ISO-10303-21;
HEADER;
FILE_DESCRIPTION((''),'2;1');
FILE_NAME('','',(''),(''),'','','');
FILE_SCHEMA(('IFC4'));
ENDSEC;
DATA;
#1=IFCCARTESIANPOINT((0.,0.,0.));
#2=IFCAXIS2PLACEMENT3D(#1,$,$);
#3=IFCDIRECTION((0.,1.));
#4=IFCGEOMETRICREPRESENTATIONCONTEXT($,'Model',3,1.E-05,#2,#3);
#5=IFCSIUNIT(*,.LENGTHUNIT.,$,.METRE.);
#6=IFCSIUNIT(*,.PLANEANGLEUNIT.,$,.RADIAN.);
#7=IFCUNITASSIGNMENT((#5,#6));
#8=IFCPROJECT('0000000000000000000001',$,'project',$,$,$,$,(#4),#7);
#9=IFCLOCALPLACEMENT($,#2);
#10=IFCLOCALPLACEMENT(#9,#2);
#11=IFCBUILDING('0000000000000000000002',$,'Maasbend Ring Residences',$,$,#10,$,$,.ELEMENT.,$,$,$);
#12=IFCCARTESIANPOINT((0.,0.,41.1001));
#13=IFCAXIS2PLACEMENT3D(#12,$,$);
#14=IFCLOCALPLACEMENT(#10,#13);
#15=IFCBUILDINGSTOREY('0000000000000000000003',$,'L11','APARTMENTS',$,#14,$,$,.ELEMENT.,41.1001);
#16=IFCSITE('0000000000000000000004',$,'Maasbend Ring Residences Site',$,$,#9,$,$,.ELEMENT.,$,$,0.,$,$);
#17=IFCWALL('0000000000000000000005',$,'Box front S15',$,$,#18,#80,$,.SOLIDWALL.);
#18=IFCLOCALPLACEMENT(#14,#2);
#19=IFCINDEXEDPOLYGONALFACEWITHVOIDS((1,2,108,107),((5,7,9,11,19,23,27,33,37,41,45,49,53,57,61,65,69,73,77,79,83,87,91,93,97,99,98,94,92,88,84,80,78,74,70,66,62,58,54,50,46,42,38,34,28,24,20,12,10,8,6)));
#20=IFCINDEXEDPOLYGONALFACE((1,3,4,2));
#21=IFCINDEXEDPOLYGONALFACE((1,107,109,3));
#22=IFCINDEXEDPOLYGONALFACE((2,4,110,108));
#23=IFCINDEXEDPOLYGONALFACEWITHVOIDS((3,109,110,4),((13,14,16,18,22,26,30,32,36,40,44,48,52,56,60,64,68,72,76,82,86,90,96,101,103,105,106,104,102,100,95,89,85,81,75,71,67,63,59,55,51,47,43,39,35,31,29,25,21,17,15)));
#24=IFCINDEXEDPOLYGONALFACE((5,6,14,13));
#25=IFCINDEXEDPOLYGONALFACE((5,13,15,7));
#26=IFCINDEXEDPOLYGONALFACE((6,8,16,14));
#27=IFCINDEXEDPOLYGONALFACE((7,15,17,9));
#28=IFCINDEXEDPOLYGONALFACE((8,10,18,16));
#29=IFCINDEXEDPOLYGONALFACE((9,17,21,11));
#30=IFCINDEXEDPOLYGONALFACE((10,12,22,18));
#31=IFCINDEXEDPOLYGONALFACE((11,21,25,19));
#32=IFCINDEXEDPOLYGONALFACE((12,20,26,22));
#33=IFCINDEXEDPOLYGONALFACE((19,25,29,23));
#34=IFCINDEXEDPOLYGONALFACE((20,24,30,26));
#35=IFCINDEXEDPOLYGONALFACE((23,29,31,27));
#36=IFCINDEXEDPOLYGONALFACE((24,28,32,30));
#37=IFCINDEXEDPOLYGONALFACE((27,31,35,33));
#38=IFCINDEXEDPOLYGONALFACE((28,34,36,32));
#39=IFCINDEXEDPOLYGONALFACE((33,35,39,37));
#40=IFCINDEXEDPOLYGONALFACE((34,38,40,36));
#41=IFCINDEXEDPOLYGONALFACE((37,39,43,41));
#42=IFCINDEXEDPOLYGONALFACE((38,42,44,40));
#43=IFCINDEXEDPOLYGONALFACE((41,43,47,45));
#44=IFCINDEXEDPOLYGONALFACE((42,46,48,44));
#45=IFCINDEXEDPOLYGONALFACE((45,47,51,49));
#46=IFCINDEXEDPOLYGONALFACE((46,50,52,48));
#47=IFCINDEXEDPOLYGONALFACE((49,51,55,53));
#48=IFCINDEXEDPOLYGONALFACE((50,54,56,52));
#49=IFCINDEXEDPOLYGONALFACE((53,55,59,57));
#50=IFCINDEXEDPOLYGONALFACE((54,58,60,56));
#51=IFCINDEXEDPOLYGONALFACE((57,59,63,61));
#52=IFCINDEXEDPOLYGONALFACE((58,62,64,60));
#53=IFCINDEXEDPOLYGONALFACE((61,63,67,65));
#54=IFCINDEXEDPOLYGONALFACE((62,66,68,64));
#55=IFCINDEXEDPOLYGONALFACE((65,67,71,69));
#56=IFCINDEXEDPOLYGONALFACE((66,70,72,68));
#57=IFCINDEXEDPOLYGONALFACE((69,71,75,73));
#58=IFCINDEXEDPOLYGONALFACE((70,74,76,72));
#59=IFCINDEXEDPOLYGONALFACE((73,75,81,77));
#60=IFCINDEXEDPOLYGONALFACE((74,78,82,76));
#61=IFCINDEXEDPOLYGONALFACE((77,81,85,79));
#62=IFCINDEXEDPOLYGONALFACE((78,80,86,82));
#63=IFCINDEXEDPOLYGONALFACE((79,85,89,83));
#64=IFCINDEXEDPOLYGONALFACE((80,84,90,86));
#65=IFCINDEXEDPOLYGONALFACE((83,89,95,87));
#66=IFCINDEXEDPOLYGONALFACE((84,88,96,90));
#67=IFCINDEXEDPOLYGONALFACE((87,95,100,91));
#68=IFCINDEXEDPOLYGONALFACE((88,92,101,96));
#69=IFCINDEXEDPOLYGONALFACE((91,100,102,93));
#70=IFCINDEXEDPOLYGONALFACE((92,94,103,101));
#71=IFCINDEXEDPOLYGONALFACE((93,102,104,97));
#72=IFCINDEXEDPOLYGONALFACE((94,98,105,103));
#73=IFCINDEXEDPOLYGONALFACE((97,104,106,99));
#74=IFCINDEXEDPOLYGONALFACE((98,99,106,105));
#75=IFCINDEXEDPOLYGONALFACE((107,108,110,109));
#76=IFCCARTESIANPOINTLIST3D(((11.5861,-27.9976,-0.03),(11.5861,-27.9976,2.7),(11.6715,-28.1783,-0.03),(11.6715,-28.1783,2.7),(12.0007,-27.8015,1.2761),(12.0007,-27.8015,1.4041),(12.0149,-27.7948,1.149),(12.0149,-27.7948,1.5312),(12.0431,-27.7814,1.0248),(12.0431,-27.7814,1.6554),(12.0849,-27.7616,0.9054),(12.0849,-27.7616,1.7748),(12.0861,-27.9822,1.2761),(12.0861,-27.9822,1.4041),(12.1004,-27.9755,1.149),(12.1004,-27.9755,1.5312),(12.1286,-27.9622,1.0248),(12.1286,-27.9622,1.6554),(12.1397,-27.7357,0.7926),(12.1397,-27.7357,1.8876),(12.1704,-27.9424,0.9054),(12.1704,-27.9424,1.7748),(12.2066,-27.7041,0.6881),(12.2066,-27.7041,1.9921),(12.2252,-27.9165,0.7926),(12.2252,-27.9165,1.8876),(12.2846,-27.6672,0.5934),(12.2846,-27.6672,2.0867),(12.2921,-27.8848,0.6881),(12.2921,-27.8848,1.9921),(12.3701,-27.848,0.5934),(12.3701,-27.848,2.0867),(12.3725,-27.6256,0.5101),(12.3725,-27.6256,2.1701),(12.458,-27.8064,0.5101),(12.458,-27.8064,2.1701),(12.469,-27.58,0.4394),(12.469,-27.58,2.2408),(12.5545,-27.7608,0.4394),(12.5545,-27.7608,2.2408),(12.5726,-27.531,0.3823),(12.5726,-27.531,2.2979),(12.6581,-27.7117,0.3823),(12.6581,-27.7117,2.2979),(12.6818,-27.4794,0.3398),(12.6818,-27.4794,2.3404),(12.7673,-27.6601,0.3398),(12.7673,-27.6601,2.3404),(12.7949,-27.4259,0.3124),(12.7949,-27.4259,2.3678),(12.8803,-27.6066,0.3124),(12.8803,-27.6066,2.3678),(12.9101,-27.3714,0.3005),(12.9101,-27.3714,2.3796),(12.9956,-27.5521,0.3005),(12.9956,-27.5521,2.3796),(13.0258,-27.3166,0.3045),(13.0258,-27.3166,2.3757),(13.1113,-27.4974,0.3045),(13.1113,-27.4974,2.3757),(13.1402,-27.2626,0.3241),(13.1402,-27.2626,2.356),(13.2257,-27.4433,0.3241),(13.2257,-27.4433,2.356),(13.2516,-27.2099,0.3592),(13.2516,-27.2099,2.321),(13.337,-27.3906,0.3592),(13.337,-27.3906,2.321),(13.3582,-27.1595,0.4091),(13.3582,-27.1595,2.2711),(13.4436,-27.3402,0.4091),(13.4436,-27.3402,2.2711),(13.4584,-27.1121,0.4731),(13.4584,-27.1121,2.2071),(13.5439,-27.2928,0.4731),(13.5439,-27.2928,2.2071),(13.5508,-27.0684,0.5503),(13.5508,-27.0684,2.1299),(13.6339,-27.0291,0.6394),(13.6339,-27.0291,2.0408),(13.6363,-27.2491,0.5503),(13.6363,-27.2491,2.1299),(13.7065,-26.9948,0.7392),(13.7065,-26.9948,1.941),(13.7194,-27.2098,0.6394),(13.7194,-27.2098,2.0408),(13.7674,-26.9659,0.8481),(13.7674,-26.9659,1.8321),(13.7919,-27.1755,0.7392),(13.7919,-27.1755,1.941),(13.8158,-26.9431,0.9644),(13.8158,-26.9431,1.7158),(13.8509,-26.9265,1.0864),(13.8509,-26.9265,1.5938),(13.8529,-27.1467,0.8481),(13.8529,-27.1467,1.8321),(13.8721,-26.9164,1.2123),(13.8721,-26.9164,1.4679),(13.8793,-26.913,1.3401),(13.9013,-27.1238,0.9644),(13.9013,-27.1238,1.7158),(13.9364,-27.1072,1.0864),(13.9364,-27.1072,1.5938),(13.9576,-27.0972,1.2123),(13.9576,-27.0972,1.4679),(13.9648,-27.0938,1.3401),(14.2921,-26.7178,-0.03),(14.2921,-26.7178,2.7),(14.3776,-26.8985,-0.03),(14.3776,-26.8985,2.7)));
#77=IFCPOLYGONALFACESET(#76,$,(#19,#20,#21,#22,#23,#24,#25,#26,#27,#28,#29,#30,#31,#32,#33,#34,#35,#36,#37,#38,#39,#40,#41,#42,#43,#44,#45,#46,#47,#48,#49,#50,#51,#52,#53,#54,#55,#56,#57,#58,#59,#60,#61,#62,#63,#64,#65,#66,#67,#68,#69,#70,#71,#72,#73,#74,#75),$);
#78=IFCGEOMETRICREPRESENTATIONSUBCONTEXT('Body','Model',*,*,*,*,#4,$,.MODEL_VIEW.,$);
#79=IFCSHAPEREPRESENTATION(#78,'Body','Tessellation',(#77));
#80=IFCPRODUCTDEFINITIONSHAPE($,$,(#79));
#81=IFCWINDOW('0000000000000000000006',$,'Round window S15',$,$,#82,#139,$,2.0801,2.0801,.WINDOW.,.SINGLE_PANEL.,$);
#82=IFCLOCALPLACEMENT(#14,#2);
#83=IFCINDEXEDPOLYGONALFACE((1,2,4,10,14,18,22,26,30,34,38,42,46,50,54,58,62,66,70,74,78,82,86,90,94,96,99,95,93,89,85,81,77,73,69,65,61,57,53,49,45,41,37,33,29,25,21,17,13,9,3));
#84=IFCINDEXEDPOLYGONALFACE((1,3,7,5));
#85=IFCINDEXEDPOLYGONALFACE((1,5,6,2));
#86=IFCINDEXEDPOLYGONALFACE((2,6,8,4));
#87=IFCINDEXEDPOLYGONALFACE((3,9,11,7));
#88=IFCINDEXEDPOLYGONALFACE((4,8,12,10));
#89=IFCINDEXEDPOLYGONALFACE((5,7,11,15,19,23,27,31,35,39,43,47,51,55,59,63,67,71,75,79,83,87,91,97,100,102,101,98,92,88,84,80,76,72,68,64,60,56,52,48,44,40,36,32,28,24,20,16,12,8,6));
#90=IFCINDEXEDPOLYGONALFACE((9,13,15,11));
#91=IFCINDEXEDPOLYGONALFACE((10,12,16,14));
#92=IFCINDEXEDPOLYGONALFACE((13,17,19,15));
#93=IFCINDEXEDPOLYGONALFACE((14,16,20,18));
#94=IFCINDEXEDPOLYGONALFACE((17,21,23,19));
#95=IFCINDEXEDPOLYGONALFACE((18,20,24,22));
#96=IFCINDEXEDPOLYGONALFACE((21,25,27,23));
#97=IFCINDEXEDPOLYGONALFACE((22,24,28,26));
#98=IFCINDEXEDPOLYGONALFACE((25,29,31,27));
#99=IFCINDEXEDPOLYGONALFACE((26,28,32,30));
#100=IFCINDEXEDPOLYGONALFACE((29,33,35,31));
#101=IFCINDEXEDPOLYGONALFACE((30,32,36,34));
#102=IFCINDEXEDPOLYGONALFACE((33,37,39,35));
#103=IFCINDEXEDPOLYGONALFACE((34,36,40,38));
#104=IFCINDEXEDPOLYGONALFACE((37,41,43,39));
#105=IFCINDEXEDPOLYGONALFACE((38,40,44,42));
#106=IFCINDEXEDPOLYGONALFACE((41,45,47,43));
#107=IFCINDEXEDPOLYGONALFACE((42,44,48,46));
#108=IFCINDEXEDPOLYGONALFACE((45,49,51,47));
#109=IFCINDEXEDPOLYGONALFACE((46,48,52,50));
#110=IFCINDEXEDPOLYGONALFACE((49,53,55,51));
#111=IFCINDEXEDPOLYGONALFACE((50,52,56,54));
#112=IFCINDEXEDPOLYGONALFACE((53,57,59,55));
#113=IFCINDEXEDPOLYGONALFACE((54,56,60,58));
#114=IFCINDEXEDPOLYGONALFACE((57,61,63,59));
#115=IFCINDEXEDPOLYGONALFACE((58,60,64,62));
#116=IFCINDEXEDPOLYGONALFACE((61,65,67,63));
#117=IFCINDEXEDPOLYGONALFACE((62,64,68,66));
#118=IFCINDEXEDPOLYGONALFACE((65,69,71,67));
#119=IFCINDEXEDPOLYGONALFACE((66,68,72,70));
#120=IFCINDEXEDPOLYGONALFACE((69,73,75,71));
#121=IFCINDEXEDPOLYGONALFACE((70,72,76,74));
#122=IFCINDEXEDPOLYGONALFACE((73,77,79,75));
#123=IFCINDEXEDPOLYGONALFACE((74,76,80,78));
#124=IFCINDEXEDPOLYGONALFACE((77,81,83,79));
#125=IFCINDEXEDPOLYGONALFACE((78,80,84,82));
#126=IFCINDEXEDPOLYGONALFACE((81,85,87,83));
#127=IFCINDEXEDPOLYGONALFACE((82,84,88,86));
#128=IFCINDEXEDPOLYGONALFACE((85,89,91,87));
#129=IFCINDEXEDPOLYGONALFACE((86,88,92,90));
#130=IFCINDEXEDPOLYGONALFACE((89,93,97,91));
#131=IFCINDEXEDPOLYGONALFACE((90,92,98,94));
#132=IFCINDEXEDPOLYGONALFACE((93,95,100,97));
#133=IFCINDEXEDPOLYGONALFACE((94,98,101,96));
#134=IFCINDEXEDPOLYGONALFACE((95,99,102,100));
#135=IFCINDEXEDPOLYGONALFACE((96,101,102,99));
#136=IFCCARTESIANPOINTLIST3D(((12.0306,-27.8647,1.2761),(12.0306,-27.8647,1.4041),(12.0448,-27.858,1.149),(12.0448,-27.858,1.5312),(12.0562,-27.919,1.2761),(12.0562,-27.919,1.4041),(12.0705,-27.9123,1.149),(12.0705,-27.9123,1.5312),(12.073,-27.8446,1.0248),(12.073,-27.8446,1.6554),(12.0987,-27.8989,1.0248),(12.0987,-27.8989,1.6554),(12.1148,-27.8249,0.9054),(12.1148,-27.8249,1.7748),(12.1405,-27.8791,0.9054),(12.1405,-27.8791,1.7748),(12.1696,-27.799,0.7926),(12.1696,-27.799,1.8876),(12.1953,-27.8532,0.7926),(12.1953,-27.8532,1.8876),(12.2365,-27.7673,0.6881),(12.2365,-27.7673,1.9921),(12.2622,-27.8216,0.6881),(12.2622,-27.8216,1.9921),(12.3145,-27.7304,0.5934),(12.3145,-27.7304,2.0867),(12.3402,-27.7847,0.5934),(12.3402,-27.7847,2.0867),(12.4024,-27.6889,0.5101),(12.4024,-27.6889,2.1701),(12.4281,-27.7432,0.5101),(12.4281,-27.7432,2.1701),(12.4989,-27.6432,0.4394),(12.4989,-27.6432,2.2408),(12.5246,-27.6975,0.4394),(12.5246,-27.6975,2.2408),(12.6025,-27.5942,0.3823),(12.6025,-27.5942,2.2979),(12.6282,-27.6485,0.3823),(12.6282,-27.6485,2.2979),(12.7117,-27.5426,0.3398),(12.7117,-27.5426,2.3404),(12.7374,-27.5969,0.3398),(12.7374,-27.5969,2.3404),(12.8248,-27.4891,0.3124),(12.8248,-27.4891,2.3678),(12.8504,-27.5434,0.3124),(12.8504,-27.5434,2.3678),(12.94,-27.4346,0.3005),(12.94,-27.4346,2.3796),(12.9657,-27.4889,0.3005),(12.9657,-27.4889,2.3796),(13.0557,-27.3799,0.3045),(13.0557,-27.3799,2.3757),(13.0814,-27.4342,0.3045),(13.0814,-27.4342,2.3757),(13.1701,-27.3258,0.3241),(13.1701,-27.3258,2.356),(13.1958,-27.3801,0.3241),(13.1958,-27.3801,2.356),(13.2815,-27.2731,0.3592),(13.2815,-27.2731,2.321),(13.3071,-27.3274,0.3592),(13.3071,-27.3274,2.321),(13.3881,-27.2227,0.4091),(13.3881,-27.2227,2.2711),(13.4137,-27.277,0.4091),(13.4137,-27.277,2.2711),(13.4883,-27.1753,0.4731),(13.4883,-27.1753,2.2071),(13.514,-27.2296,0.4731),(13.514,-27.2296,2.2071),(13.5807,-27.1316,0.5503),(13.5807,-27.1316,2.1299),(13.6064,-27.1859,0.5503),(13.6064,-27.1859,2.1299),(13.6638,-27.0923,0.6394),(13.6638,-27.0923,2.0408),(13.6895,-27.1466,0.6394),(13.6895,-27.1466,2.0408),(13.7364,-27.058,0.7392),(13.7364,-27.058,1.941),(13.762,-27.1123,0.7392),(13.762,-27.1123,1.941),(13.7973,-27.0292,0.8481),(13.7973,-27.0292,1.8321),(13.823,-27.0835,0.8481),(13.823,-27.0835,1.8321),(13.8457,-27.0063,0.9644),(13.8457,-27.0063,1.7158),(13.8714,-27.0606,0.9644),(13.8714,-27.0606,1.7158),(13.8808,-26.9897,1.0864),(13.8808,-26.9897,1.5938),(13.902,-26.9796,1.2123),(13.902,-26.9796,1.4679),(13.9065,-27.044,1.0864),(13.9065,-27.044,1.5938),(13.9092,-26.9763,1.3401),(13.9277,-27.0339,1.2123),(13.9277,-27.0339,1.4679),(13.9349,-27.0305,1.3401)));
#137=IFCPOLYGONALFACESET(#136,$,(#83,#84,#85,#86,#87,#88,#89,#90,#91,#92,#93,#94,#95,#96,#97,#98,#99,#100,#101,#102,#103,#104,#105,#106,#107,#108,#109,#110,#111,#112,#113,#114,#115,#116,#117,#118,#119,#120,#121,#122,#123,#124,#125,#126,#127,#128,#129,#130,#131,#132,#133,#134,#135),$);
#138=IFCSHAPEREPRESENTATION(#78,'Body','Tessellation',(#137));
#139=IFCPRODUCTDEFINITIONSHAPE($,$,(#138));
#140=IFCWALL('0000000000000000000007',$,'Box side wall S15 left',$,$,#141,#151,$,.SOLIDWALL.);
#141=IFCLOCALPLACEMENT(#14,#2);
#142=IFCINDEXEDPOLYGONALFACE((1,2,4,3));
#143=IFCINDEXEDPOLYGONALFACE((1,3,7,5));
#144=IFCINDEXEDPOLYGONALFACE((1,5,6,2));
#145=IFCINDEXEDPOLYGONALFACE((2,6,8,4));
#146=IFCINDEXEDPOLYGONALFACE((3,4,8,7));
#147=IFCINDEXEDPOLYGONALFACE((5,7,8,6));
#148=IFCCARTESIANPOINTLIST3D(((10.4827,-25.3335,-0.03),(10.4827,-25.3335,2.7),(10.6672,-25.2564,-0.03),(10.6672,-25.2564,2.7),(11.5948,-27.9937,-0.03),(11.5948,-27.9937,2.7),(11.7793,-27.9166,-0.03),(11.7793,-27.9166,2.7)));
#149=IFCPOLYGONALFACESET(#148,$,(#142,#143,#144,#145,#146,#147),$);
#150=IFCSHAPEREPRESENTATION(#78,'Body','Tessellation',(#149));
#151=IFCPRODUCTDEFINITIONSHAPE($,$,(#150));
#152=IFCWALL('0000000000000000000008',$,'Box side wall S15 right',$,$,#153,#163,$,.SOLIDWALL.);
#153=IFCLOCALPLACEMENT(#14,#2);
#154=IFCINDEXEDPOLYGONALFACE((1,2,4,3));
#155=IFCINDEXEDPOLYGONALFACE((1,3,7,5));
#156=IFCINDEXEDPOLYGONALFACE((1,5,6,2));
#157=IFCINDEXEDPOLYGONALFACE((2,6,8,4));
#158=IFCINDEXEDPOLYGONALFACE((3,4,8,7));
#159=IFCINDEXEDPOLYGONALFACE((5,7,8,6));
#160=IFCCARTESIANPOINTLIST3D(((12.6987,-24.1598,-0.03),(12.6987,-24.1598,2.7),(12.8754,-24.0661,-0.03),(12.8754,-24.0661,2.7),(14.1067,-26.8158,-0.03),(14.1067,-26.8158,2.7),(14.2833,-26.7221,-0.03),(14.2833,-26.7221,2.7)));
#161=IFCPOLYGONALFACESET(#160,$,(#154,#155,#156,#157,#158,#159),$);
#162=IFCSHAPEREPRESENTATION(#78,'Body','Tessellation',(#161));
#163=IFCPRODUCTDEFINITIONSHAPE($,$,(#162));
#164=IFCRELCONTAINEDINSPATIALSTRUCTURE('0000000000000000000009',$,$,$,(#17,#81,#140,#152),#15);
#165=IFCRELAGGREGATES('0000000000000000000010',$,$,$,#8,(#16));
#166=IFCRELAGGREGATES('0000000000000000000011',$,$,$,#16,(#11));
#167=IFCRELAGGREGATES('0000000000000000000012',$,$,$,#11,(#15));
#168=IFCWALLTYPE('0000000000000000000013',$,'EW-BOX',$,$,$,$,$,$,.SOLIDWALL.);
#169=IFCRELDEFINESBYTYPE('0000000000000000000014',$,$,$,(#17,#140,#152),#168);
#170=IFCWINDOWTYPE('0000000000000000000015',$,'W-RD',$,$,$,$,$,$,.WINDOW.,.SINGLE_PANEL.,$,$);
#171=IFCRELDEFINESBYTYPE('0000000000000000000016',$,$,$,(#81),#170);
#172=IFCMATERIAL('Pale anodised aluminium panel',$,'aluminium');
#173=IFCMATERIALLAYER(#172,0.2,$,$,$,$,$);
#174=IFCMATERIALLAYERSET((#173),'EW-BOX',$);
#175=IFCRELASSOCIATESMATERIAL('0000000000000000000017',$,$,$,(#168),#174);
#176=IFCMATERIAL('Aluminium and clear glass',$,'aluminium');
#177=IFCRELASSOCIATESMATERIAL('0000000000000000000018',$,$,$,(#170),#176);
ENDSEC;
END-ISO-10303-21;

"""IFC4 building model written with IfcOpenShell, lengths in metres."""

from ifc_helpers import new_model, si_unit, direction, frame, frame_2d, origin, place, context, subcontext, project, spatial, rectangle, circle, extrude, material, layer, layer_set, type_object, element, fill, save


model = new_model("IFC4")

# Units and contexts
model_context = context("Model", 3, precision=1e-05, world=origin(), true_north=direction((0.0, 1.0)))
body_context = subcontext(model_context, "Body", "Model", "MODEL_VIEW")
ifc_project = project(units=[si_unit("LENGTHUNIT", "METRE"), si_unit("PLANEANGLEUNIT", "RADIAN")], contexts=[model_context])

# Site, building, storey
site_placement = place(None, origin())
site = spatial("IfcSite", under=ifc_project, at=site_placement, Name="Maasbend Ring Residences Site", CompositionType="ELEMENT", RefElevation=0.0)
building_placement = place(site_placement, origin())
building = spatial("IfcBuilding", under=site, at=building_placement, Name="Maasbend Ring Residences", CompositionType="ELEMENT")
storey_placement = place(building_placement, frame((0.0, 0.0, 41.1001)))
storey = spatial("IfcBuildingStorey", under=building, at=storey_placement, Name="L11", Description="APARTMENTS", CompositionType="ELEMENT", Elevation=41.1001)

# Wall, opening, window
ifc_material_1 = material(Name="Pale anodised aluminium panel", Category="aluminium")
ifc_layer_1 = layer(ifc_material_1, 0.2)
ifc_layer_set_1 = layer_set([ifc_layer_1], Name="EW-BOX")
wall_type_1 = type_object("IfcWallType", Name="EW-BOX", PredefinedType="SOLIDWALL", material=ifc_layer_set_1)
wall_1_placement = place(storey_placement, frame((11.6289, -28.0879, -0.03), z_axis=(0.0, 0.0, 1.0), x_axis=(0.904, 0.427532, 0.0)))
wall_1 = element("IfcWall", 1, at=wall_1_placement, inside=storey, type_object=wall_type_1, Name="Box front S15", PredefinedType="SOLIDWALL", context=body_context, shape_type="SweptSolid", body=[
    extrude(rectangle(XDim=2.9934, YDim=0.2, at=frame_2d((1.4966, 0.0))), origin(), (0.0, 0.0, 1.0), 2.73),
])
opening_1_placement = place(wall_1_placement, frame((0.4565, 0.0, 0.3301)))
opening_1 = element("IfcOpeningElement", 2, at=opening_1_placement, cuts=wall_1, PredefinedType="OPENING", context=body_context, shape_type="SweptSolid", body=[
    extrude(circle(Radius=1.04, at=frame_2d((1.04, 1.04))), frame((0.0, 0.1099, 0.0), z_axis=(0.0, -1.0, 0.0), x_axis=(1.0, 0.0, 0.0)), (0.0, 0.0, 1.0), 0.22),
])
ifc_material_2 = material(Name="Aluminium and clear glass", Category="aluminium")
window_type_1 = type_object("IfcWindowType", Name="W-RD", PartitioningType="SINGLE_PANEL", PredefinedType="WINDOW", material=ifc_material_2)
window_1_placement = place(opening_1_placement, origin())
window_1 = element("IfcWindow", 3, at=window_1_placement, inside=storey, type_object=window_type_1, Name="Round window S15", OverallHeight=2.0801, OverallWidth=2.0801, PartitioningType="SINGLE_PANEL", PredefinedType="WINDOW", context=body_context, shape_type="SweptSolid", body=[
    extrude(circle(Radius=1.04, at=frame_2d((1.04, 1.04))), frame((0.0, 0.03, 0.0), z_axis=(0.0, -1.0, 0.0), x_axis=(1.0, 0.0, 0.0)), (0.0, 0.0, 1.0), 0.0601),
])
fill(opening_1, window_1)

# Walls
wall_2_placement = place(storey_placement, frame((10.575, -25.2949, -0.03), z_axis=(0.0, 0.0, 1.0), x_axis=(0.385697, -0.922625, 0.0)))
element("IfcWall", 4, at=wall_2_placement, inside=storey, type_object=wall_type_1, Name="Box side wall S15 left", PredefinedType="SOLIDWALL", context=body_context, shape_type="SweptSolid", body=[
    extrude(rectangle(XDim=2.8833, YDim=0.2, at=frame_2d((1.4417, 0.0))), origin(), (0.0, 0.0, 1.0), 2.73),
])
wall_3_placement = place(storey_placement, frame((12.7871, -24.113, -0.03), z_axis=(0.0, 0.0, 1.0), x_axis=(0.468365, -0.883535, 0.0)))
element("IfcWall", 5, at=wall_3_placement, inside=storey, type_object=wall_type_1, Name="Box side wall S15 right", PredefinedType="SOLIDWALL", context=body_context, shape_type="SweptSolid", body=[
    extrude(rectangle(XDim=3.0061, YDim=0.2, at=frame_2d((1.5029, 0.0))), origin(), (0.0, 0.0, 1.0), 2.73),
])

save(model, "model.ifc")
